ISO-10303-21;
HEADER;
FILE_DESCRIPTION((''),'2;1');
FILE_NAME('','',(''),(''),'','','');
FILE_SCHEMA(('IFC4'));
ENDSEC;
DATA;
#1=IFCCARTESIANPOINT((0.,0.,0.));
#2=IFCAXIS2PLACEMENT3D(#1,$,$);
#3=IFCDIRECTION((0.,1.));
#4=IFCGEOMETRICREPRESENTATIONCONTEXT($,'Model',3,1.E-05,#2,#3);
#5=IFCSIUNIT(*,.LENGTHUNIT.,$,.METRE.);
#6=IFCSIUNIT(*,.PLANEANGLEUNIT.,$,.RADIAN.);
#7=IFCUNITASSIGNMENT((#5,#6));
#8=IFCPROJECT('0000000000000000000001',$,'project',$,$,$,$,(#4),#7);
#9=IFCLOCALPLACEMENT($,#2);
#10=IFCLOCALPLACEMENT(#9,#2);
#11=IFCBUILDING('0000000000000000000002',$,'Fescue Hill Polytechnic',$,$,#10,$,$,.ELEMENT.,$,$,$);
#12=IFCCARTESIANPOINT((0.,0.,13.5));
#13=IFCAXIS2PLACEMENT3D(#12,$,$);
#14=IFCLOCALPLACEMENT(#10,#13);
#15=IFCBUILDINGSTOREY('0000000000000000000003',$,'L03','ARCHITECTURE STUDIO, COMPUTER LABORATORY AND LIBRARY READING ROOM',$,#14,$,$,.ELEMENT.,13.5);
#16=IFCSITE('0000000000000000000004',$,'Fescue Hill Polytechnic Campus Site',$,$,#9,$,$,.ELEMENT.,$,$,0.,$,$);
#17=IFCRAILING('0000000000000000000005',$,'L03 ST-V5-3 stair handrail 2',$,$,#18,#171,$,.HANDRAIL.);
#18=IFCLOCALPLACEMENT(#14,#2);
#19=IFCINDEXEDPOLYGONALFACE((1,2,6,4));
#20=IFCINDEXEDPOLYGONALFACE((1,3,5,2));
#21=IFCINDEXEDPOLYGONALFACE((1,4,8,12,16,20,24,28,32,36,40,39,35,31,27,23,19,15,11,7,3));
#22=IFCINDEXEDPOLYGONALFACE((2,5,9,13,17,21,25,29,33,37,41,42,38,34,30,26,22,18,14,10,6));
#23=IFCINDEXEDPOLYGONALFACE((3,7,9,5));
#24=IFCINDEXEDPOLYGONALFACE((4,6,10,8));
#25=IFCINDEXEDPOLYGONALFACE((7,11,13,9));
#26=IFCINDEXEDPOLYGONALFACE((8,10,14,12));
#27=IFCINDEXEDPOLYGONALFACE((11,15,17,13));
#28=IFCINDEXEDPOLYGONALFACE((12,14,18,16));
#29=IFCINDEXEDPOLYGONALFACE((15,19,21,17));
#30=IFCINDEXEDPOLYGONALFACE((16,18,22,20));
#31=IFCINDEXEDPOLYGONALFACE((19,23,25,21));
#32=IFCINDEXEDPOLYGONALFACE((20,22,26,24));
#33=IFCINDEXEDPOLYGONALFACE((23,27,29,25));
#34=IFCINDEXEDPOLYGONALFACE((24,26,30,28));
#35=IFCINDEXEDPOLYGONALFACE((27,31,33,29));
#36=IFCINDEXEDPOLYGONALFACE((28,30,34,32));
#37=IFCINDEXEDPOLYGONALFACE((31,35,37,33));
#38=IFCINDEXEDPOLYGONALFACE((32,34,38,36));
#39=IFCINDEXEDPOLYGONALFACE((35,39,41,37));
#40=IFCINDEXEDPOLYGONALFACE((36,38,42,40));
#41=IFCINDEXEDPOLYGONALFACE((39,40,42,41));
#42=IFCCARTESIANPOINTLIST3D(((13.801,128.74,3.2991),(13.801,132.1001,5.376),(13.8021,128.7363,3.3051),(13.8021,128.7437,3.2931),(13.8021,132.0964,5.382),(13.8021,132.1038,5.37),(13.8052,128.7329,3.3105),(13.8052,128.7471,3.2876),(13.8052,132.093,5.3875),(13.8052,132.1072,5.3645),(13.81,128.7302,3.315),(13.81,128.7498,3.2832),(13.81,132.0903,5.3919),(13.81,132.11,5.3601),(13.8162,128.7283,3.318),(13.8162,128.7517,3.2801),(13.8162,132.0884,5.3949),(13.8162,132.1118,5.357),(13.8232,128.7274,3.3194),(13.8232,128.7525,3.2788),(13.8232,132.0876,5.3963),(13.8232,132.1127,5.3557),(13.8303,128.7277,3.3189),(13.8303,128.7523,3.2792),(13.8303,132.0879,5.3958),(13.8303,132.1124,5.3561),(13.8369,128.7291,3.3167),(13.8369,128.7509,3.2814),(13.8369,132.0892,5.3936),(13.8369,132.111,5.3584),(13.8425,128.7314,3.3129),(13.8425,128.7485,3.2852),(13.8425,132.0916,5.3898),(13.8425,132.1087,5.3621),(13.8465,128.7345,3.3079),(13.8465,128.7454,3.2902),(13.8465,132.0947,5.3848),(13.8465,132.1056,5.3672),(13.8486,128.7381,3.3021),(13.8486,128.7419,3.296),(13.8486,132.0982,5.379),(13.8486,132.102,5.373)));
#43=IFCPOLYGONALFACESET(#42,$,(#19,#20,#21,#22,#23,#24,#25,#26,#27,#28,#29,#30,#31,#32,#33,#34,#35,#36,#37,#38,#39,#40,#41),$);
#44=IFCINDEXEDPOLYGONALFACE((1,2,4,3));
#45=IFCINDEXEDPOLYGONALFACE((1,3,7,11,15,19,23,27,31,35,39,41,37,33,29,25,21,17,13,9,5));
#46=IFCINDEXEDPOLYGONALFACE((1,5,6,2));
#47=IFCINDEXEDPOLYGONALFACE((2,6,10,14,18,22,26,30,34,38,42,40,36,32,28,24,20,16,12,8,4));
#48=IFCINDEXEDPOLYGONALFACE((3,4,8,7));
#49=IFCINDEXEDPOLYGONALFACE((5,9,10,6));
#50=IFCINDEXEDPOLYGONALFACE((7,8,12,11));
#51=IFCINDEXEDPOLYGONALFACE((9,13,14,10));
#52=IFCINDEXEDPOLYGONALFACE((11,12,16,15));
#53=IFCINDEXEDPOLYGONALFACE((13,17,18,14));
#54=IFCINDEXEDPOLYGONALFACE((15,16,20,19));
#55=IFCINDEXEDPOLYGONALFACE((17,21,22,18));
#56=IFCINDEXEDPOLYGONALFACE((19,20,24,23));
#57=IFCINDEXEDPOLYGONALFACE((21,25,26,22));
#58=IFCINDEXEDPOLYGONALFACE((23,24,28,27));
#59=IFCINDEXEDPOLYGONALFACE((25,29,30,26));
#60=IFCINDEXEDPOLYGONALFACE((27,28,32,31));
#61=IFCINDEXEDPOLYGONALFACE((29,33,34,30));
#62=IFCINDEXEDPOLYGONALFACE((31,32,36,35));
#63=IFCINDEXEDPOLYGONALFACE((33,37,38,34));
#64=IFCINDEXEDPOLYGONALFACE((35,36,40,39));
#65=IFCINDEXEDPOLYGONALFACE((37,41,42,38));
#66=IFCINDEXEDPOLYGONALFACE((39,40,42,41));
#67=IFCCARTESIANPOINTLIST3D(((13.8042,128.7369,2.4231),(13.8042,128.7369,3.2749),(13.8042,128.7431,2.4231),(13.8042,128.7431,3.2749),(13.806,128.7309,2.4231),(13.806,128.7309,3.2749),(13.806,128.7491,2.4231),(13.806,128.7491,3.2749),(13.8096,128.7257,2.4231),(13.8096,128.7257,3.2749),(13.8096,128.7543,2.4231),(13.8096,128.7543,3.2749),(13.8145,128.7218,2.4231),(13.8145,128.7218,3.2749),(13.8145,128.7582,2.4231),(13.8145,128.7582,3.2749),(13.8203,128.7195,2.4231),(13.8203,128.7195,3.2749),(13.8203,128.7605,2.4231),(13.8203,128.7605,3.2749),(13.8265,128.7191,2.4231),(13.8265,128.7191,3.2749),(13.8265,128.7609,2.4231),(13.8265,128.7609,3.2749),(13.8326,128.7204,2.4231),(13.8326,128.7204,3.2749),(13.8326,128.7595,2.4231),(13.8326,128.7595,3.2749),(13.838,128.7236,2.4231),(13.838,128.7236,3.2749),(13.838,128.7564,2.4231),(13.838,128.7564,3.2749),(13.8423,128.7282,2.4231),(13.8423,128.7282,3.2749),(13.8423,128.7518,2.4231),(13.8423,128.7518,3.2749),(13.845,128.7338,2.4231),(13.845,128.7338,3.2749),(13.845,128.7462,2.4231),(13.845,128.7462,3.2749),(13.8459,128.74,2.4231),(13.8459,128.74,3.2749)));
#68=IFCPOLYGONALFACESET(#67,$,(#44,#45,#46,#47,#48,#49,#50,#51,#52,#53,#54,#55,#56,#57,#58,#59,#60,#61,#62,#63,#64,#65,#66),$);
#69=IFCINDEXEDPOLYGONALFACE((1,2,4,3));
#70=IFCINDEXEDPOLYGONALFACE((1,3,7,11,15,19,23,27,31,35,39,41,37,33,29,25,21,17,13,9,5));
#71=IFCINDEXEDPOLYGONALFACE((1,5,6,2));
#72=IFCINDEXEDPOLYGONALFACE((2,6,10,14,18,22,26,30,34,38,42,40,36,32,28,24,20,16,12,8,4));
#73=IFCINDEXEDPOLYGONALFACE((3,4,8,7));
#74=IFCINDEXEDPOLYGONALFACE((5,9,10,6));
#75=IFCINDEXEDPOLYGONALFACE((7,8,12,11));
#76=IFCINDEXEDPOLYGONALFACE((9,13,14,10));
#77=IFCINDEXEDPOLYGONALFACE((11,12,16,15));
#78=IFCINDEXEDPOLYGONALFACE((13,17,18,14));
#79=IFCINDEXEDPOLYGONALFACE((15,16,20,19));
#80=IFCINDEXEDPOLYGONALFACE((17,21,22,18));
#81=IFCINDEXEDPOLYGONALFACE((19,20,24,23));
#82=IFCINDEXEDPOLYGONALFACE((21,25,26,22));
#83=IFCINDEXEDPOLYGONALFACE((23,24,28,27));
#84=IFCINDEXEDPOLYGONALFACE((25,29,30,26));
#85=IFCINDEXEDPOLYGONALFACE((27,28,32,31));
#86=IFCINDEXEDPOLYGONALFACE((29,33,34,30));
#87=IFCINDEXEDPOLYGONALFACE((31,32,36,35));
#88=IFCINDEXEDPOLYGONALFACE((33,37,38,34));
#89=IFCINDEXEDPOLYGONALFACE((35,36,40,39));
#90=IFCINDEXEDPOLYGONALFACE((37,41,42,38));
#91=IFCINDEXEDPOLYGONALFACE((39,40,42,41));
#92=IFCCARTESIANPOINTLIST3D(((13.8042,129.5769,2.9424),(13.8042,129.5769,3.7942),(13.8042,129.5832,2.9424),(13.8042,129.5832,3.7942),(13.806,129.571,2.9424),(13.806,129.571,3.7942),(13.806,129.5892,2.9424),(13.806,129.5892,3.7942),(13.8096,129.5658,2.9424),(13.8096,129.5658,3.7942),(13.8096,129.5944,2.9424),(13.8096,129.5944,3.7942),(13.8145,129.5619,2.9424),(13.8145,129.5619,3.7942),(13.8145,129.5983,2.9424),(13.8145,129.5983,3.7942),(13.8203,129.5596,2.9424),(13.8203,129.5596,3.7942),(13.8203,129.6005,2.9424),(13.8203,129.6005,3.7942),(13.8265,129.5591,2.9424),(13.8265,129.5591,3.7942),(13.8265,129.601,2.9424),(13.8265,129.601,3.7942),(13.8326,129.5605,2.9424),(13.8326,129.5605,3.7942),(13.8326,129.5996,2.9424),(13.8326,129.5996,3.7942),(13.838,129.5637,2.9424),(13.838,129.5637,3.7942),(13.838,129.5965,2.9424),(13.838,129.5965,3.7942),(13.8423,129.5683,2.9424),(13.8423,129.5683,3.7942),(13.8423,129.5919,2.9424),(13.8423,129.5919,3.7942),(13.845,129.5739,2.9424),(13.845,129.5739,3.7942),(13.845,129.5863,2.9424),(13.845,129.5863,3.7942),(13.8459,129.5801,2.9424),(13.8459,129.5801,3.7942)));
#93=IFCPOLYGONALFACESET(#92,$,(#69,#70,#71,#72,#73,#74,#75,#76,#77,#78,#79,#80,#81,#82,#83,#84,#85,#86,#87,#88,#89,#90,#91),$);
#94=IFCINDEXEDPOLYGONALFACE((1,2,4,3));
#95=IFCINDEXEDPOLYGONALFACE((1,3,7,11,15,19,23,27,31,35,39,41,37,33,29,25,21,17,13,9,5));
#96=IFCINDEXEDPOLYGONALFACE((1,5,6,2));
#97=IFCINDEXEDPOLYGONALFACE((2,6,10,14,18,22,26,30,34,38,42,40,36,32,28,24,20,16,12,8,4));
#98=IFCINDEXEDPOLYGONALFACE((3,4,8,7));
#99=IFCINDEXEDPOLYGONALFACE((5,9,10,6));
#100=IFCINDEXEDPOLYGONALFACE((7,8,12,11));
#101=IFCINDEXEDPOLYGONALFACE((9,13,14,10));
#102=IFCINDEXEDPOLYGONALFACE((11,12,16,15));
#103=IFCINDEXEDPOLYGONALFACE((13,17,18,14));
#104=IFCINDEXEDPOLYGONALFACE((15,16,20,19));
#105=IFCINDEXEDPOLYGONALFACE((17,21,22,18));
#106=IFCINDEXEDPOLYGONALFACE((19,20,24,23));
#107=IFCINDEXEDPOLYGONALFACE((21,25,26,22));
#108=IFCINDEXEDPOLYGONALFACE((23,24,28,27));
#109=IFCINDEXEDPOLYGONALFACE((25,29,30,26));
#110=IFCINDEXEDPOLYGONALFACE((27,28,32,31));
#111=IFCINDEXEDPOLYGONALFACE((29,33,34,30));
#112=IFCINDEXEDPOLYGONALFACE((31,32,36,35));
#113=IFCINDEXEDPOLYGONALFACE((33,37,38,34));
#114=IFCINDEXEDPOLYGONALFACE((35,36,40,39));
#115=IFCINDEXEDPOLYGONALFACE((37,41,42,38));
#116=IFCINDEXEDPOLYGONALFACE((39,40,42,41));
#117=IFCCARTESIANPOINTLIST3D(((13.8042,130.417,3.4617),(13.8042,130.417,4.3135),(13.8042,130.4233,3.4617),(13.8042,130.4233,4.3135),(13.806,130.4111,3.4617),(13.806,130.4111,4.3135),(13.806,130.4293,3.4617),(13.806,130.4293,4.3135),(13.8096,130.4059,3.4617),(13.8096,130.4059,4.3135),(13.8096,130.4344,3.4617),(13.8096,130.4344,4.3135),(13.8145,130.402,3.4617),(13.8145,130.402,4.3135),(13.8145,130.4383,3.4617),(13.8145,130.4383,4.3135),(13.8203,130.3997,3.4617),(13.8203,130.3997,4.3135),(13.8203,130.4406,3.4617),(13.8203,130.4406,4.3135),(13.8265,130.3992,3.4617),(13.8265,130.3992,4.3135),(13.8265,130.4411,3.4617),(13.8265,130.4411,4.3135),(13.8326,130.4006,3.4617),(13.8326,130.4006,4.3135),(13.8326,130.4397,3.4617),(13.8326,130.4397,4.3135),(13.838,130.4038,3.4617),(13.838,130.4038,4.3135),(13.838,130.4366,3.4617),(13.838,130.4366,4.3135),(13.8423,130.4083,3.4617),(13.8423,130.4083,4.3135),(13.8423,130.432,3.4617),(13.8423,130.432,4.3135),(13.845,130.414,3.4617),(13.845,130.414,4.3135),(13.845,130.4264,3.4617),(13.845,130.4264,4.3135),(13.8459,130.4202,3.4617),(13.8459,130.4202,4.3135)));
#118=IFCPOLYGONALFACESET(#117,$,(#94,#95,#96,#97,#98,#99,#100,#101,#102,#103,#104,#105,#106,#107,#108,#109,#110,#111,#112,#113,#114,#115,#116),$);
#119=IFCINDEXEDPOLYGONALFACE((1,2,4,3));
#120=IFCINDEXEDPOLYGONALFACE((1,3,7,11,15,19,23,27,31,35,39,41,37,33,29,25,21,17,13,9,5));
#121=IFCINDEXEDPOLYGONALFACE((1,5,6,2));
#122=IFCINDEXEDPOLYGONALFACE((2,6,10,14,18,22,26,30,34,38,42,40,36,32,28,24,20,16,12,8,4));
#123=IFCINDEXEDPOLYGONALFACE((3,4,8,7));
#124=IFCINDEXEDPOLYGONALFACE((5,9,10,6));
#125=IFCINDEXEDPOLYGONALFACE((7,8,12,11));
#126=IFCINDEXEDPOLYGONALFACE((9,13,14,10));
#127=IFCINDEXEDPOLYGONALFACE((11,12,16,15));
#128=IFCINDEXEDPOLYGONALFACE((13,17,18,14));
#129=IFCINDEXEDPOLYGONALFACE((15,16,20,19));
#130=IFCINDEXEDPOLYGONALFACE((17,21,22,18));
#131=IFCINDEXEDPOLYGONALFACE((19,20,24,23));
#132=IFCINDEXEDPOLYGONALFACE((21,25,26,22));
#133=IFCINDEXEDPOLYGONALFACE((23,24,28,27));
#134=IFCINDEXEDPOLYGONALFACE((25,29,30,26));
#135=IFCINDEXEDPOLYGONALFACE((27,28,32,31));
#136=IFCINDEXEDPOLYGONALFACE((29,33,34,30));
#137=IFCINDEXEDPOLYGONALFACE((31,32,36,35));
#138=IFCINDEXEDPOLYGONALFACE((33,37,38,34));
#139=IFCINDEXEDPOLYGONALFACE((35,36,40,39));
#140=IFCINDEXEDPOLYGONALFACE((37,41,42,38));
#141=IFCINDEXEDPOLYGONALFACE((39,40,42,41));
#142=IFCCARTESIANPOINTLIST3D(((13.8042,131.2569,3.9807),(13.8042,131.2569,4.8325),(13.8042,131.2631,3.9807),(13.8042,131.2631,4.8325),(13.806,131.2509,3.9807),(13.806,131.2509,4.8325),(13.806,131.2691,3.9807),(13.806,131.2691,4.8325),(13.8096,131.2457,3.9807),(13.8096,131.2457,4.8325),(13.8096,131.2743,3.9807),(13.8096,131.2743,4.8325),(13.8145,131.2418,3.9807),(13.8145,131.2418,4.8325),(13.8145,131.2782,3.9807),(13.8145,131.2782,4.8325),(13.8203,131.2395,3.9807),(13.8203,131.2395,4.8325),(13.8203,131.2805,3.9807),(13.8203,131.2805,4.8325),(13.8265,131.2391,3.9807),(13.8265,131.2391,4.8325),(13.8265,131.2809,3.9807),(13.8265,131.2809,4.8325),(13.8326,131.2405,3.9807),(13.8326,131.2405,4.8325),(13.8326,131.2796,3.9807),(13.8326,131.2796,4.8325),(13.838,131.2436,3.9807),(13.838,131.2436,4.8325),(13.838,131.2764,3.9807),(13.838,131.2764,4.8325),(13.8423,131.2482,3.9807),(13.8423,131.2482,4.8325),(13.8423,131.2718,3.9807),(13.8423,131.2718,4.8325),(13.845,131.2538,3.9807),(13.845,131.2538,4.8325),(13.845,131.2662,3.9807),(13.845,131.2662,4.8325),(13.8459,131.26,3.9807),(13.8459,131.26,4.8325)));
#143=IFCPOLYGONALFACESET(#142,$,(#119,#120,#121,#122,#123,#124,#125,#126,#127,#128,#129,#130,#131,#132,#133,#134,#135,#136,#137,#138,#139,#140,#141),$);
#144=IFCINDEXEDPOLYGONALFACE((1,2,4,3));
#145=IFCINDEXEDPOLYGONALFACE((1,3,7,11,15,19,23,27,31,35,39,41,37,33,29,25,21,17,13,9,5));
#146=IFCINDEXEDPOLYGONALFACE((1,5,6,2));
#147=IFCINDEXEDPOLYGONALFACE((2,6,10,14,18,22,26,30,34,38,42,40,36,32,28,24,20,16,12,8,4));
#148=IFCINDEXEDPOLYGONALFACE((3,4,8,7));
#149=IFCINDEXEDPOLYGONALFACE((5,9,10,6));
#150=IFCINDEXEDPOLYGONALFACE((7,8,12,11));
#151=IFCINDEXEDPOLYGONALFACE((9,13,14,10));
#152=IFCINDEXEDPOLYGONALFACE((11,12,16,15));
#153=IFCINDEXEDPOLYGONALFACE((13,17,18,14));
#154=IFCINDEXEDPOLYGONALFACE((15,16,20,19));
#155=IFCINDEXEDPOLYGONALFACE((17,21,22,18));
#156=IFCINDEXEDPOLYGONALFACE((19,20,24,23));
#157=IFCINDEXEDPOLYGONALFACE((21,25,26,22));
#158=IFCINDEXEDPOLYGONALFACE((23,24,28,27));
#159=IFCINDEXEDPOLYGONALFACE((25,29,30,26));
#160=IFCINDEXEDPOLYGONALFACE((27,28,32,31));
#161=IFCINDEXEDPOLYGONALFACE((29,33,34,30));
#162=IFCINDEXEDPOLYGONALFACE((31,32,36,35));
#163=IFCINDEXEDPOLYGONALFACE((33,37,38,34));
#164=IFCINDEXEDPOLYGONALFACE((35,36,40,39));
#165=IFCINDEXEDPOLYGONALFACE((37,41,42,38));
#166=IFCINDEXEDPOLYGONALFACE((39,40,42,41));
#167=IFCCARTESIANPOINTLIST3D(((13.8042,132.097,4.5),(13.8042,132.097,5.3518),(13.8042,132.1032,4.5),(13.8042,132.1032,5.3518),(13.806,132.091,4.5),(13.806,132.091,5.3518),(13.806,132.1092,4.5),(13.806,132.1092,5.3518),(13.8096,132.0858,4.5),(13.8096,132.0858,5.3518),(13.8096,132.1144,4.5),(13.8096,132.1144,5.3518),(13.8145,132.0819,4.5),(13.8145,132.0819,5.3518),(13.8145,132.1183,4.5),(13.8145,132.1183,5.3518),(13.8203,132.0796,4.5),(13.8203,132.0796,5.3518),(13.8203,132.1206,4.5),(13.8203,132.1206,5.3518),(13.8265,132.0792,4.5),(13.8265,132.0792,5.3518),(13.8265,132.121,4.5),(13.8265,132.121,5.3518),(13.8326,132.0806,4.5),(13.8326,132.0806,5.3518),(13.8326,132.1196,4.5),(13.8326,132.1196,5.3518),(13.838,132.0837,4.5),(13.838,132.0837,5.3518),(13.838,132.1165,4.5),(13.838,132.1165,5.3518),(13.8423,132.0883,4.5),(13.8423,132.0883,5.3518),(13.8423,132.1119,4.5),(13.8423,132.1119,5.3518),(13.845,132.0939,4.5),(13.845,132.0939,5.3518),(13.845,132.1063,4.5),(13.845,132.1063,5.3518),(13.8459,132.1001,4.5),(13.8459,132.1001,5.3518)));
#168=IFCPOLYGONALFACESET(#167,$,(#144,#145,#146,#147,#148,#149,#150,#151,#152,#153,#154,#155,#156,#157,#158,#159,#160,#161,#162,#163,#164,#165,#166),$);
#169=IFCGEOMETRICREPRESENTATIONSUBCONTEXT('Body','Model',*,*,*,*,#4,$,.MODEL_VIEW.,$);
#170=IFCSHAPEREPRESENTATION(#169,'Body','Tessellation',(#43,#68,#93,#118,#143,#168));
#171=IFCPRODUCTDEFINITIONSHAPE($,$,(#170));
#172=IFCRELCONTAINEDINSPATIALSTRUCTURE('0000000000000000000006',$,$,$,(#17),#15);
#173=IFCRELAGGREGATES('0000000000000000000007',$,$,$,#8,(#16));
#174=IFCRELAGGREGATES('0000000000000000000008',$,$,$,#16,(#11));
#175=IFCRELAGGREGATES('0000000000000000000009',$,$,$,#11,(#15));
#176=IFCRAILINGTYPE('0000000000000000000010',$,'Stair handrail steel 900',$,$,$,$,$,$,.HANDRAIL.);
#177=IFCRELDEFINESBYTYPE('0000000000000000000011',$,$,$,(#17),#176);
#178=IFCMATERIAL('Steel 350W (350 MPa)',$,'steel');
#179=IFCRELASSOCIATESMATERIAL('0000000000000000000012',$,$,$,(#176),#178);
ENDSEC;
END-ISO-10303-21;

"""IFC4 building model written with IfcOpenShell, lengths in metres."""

from ifc_helpers import new_model, si_unit, direction, frame, origin, origin_2d, place, context, subcontext, project, spatial, circle, extrude, material, type_object, element, save


model = new_model("IFC4")

# Units and contexts
model_context = context("Model", 3, precision=1e-05, world=origin(), true_north=direction((0.0, 1.0)))
body_context = subcontext(model_context, "Body", "Model", "MODEL_VIEW")
ifc_project = project(units=[si_unit("LENGTHUNIT", "METRE"), si_unit("PLANEANGLEUNIT", "RADIAN")], contexts=[model_context])

# Site, building, storey
site_placement = place(None, origin())
site = spatial("IfcSite", under=ifc_project, at=site_placement, Name="Fescue Hill Polytechnic Campus Site", CompositionType="ELEMENT", RefElevation=0.0)
building_placement = place(site_placement, origin())
building = spatial("IfcBuilding", under=site, at=building_placement, Name="Fescue Hill Polytechnic", CompositionType="ELEMENT")
storey_placement = place(building_placement, frame((0.0, 0.0, 13.5)))
storey = spatial("IfcBuildingStorey", under=building, at=storey_placement, Name="L03", Description="ARCHITECTURE STUDIO, COMPUTER LABORATORY AND LIBRARY READING ROOM", CompositionType="ELEMENT", Elevation=13.5)

# Railing
ifc_material_1 = material(Name="Steel 350W (350 MPa)", Category="steel")
railing_type_1 = type_object("IfcRailingType", Name="Stair handrail steel 900", PredefinedType="HANDRAIL", material=ifc_material_1)
railing_1_placement = place(storey_placement, frame((13.825, 128.74, 2.4231)))
element("IfcRailing", 1, at=railing_1_placement, inside=storey, type_object=railing_type_1, Name="L03 ST-V5-3 stair handrail 2", PredefinedType="HANDRAIL", context=body_context, shape_type="SweptSolid", body=[
    extrude(circle(Radius=0.0239, at=origin_2d()), frame((0.0, 0.0, 0.876), z_axis=(0.0, 0.850623, 0.525776), x_axis=(-1.0, 0.0, 0.0)), (0.0, 0.0, 1.0), 3.9502),
    extrude(circle(Radius=0.021, at=origin_2d()), origin(), (0.0, 0.0, 1.0), 0.8518),
    extrude(circle(Radius=0.021, at=origin_2d()), frame((0.0, 0.8401, 0.5193)), (0.0, 0.0, 1.0), 0.8518),
    extrude(circle(Radius=0.021, at=origin_2d()), frame((0.0, 1.6802, 1.0386)), (0.0, 0.0, 1.0), 0.8518),
    extrude(circle(Radius=0.021, at=origin_2d()), frame((0.0, 2.52, 1.5576)), (0.0, 0.0, 1.0), 0.8518),
    extrude(circle(Radius=0.021, at=origin_2d()), frame((0.0, 3.3601, 2.0769)), (0.0, 0.0, 1.0), 0.8518),
])

save(model, "model.ifc")
